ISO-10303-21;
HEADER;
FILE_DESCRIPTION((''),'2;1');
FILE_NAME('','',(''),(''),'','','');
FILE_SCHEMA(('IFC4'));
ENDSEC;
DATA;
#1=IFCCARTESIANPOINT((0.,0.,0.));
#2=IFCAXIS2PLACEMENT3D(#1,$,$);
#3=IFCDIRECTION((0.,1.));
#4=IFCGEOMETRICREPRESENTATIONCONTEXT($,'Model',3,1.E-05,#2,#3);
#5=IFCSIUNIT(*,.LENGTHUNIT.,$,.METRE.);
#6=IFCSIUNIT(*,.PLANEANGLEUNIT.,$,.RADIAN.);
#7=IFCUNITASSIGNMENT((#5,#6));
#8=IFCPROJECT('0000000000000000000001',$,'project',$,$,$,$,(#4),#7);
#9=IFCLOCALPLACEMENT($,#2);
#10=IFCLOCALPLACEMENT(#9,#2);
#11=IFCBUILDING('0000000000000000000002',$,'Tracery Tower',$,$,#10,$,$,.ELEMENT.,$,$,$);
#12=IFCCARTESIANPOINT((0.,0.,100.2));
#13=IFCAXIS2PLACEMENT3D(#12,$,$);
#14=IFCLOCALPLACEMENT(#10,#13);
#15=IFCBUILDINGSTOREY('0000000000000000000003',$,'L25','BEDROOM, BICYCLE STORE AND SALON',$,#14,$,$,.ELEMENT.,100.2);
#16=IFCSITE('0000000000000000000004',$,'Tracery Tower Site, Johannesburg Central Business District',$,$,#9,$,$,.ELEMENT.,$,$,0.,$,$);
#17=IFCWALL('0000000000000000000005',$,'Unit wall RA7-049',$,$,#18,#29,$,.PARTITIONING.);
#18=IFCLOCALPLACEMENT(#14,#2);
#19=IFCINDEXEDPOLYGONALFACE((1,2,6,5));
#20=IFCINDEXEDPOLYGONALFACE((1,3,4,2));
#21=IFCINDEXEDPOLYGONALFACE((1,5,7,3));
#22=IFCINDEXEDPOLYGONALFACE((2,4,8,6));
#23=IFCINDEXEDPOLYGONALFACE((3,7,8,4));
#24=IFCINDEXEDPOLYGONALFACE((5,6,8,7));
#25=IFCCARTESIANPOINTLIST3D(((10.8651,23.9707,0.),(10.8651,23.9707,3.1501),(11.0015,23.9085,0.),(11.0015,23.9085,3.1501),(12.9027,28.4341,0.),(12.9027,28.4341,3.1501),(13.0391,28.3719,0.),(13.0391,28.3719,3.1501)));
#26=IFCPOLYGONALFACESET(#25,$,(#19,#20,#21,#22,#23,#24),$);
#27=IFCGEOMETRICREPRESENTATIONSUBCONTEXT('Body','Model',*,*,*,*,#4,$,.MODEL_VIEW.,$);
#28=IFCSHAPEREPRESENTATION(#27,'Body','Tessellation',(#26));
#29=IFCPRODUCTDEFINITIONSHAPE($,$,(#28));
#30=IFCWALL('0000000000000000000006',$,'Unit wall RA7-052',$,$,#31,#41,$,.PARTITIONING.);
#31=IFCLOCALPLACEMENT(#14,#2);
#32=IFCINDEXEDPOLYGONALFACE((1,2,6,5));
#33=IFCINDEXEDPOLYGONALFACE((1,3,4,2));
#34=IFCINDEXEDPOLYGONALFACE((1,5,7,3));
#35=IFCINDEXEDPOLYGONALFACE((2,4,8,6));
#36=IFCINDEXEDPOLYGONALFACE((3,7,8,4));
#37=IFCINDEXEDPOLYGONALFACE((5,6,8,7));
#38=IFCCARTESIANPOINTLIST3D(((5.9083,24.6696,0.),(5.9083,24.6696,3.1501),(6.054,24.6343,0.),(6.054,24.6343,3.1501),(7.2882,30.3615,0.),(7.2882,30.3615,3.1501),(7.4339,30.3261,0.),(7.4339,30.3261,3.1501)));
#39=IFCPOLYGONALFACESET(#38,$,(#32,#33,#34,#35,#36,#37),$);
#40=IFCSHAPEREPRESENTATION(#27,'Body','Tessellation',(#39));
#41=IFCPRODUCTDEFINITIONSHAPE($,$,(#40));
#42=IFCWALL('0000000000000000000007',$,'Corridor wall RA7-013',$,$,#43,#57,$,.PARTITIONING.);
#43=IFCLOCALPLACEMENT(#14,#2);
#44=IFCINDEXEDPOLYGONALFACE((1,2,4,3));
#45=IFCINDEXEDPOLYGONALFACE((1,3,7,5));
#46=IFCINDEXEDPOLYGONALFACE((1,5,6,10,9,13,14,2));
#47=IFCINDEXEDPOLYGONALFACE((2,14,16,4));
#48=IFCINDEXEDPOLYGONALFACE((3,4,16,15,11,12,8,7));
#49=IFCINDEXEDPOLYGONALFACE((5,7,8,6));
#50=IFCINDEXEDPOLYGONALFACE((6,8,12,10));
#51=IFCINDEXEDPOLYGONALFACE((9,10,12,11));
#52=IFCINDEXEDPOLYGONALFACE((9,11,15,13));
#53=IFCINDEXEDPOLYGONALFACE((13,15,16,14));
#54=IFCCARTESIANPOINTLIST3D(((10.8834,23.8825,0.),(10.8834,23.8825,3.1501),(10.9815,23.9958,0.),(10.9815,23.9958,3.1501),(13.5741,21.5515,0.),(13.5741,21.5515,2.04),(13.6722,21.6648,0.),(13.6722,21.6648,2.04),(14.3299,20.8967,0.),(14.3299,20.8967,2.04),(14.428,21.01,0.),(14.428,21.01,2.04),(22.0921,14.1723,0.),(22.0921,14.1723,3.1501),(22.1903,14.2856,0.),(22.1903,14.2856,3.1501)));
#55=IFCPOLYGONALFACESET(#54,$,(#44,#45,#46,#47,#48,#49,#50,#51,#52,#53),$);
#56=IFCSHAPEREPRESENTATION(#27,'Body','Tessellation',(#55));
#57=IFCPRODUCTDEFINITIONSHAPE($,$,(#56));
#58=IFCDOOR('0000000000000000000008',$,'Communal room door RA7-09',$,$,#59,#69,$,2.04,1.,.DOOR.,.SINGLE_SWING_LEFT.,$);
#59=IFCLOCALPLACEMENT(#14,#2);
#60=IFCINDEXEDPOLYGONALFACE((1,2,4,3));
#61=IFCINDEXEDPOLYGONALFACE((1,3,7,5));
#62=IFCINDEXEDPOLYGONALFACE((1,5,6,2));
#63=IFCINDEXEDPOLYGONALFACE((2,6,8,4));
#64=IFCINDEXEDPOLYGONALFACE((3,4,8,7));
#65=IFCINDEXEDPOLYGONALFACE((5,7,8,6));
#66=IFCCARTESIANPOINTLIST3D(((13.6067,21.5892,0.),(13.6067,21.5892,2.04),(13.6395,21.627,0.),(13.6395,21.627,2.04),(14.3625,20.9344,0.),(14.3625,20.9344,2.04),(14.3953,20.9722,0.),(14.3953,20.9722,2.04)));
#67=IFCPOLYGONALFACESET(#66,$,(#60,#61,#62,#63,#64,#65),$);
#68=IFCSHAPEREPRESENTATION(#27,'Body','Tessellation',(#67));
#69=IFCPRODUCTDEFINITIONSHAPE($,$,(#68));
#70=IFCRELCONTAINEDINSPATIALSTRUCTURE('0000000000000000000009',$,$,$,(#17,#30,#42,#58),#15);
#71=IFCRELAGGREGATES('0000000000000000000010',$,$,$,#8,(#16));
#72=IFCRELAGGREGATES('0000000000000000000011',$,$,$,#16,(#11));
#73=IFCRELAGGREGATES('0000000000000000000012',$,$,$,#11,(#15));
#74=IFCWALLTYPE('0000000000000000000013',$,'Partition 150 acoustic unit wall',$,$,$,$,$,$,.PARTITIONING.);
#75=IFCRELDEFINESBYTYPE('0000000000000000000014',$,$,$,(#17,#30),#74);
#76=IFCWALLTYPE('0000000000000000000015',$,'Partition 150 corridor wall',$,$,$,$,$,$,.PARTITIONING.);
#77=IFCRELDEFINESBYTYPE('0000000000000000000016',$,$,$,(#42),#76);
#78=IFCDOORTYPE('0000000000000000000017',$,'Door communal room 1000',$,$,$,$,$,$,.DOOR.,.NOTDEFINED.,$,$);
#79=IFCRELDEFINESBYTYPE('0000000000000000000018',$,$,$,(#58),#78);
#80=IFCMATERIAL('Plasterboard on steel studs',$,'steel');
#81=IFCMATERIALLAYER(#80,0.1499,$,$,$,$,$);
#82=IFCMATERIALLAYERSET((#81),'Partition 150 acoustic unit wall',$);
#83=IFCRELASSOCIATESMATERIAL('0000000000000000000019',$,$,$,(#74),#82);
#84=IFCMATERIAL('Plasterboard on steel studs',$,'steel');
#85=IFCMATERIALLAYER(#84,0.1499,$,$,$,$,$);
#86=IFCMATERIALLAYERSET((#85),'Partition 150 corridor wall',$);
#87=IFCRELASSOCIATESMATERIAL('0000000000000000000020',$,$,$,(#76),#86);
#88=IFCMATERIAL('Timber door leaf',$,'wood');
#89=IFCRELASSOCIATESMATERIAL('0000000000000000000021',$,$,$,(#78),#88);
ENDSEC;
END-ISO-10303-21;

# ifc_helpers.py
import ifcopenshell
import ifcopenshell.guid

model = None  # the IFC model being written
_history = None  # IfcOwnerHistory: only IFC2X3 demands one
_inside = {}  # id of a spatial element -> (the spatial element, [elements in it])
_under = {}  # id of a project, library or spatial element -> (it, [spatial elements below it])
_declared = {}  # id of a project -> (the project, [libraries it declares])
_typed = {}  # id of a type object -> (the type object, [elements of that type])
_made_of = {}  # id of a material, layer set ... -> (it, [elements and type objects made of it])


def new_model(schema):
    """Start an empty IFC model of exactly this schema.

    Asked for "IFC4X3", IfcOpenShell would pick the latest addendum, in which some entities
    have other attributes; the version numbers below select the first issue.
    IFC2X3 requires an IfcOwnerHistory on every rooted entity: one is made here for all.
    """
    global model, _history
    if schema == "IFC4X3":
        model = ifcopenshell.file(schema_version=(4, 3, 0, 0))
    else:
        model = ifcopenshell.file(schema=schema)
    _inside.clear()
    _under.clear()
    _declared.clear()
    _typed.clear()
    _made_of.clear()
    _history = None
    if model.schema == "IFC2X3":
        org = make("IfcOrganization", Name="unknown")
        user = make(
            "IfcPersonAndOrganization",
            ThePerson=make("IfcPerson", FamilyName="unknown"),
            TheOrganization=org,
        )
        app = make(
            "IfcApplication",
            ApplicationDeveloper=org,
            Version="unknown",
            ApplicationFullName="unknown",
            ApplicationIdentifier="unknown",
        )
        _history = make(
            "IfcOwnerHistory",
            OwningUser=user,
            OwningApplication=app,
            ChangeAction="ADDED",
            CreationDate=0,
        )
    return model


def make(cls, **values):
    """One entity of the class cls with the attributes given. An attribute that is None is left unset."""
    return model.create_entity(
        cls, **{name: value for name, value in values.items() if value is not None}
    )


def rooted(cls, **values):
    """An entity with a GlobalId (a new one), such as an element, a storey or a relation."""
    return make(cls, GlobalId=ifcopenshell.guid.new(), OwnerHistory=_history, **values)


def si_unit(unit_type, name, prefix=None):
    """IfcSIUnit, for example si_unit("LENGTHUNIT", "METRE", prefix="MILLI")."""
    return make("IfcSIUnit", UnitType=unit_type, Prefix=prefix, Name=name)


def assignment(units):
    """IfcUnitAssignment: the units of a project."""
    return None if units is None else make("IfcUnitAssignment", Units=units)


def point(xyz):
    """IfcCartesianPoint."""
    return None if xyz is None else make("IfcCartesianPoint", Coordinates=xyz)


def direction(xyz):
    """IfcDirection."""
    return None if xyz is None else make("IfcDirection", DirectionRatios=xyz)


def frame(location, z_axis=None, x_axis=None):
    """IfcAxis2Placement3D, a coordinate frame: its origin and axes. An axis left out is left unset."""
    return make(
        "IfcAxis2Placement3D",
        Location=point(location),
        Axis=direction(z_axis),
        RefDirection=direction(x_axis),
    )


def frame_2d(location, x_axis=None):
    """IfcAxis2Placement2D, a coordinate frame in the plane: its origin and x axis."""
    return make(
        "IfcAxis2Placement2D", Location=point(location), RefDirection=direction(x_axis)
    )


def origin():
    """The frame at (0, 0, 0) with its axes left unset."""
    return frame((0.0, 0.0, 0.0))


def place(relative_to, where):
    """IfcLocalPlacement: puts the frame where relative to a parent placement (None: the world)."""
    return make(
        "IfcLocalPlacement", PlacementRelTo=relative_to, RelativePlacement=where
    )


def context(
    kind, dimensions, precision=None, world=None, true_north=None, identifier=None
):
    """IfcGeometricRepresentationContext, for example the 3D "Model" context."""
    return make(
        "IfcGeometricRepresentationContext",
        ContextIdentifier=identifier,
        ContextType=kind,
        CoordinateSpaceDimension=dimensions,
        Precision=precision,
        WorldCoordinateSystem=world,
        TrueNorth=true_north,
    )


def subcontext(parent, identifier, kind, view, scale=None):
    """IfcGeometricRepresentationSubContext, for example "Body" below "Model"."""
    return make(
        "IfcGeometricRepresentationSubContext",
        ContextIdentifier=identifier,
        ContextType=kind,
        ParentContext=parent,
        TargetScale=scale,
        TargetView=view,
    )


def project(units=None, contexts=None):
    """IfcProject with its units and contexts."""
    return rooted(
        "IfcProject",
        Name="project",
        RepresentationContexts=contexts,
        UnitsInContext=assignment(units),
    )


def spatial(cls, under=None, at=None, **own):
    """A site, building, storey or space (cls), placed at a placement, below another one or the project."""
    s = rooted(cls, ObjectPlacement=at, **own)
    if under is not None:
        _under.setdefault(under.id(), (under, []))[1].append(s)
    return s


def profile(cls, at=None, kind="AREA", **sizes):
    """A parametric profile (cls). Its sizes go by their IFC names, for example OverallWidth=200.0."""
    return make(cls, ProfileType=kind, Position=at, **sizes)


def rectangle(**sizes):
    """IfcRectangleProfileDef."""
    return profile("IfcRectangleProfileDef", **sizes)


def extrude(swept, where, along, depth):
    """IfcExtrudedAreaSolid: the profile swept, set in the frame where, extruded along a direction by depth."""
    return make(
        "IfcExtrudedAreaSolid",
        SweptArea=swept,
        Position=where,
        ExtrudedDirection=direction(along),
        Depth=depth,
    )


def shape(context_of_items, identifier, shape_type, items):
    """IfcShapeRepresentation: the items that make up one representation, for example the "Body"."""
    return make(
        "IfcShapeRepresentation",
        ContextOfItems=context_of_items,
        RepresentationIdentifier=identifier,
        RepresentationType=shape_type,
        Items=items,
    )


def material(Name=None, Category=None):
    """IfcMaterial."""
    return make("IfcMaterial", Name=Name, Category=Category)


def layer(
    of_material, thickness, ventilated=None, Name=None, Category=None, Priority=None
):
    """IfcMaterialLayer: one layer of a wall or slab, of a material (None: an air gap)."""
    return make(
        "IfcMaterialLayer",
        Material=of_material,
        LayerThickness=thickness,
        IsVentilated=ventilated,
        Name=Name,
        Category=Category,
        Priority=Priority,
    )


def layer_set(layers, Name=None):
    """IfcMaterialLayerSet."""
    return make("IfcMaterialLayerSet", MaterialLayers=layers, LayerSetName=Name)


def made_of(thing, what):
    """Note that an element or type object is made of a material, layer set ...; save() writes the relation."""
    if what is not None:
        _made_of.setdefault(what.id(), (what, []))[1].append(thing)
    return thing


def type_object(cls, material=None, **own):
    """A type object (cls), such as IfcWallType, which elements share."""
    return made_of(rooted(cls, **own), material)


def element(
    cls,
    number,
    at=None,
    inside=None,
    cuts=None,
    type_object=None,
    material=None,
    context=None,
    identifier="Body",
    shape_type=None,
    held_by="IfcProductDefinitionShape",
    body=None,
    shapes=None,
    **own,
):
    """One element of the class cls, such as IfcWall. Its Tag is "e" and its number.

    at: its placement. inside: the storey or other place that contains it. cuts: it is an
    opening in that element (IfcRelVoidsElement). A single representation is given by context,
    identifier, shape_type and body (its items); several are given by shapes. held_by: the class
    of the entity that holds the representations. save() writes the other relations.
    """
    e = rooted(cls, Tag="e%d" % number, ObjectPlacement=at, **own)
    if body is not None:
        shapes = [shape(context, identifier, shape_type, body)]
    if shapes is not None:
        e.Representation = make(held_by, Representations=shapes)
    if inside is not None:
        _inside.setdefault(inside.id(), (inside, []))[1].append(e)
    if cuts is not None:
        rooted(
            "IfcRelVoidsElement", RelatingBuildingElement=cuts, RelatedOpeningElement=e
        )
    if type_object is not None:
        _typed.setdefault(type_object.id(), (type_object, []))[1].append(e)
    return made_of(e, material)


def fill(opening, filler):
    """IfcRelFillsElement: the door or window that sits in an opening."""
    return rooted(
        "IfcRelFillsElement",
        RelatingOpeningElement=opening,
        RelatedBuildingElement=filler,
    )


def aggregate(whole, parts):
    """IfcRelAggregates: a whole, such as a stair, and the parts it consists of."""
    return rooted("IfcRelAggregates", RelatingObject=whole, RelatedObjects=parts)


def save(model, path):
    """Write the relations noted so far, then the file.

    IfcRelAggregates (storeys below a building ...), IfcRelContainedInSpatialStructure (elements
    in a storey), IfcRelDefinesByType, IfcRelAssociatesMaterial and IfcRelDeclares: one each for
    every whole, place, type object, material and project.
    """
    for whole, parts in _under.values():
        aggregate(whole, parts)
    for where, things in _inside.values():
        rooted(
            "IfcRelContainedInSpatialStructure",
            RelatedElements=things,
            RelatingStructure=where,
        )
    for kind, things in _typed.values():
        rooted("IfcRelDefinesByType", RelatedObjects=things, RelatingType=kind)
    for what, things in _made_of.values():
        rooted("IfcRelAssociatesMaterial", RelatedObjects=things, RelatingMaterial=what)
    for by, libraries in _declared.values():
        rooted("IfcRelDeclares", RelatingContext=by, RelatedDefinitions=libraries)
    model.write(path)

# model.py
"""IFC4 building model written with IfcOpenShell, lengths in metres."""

from ifc_helpers import new_model, si_unit, direction, frame, frame_2d, origin, place, context, subcontext, project, spatial, rectangle, extrude, material, layer, layer_set, type_object, element, fill, save


model = new_model("IFC4")

# Units and contexts
model_context = context("Model", 3, precision=1e-05, world=origin(), true_north=direction((0.0, 1.0)))
body_context = subcontext(model_context, "Body", "Model", "MODEL_VIEW")
ifc_project = project(units=[si_unit("LENGTHUNIT", "METRE"), si_unit("PLANEANGLEUNIT", "RADIAN")], contexts=[model_context])

# Site, building, storey
site_placement = place(None, origin())
site = spatial("IfcSite", under=ifc_project, at=site_placement, Name="Tracery Tower Site, Johannesburg Central Business District", CompositionType="ELEMENT", RefElevation=0.0)
building_placement = place(site_placement, origin())
building = spatial("IfcBuilding", under=site, at=building_placement, Name="Tracery Tower", CompositionType="ELEMENT")
storey_placement = place(building_placement, frame((0.0, 0.0, 100.2)))
storey = spatial("IfcBuildingStorey", under=building, at=storey_placement, Name="L25", Description="BEDROOM, BICYCLE STORE AND SALON", CompositionType="ELEMENT", Elevation=100.2)

# Walls
ifc_material_1 = material(Name="Plasterboard on steel studs", Category="steel")
ifc_layer_1 = layer(ifc_material_1, 0.1499)
ifc_layer_set_1 = layer_set([ifc_layer_1], Name="Partition 150 acoustic unit wall")
wall_type_1 = type_object("IfcWallType", Name="Partition 150 acoustic unit wall", PredefinedType="PARTITIONING", material=ifc_layer_set_1)
wall_1_placement = place(storey_placement, frame((10.9333, 23.9397, 0.0), z_axis=(0.0, 0.0, 1.0), x_axis=(0.415287, 0.90969, 0.0)))
element("IfcWall", 1, at=wall_1_placement, inside=storey, type_object=wall_type_1, Name="Unit wall RA7-049", PredefinedType="PARTITIONING", context=body_context, shape_type="SweptSolid", body=[
    extrude(rectangle(XDim=4.9065, YDim=0.1499, at=frame_2d((2.4531, 0.0))), origin(), (0.0, 0.0, 1.0), 3.1501),
])
wall_2_placement = place(storey_placement, frame((5.9812, 24.6521, 0.0), z_axis=(0.0, 0.0, 1.0), x_axis=(0.235605, 0.971849, 0.0)))
element("IfcWall", 2, at=wall_2_placement, inside=storey, type_object=wall_type_1, Name="Unit wall RA7-052", PredefinedType="PARTITIONING", context=body_context, shape_type="SweptSolid", body=[
    extrude(rectangle(XDim=5.8567, YDim=0.1499, at=frame_2d((2.9282, 0.0))), origin(), (0.0, 0.0, 1.0), 3.1501),
])

# Wall, opening, door
ifc_material_2 = material(Name="Plasterboard on steel studs", Category="steel")
ifc_layer_2 = layer(ifc_material_2, 0.1499)
ifc_layer_set_2 = layer_set([ifc_layer_2], Name="Partition 150 corridor wall")
wall_type_2 = type_object("IfcWallType", Name="Partition 150 corridor wall", PredefinedType="PARTITIONING", material=ifc_layer_set_2)
wall_3_placement = place(storey_placement, frame((10.9324, 23.9392, 0.0), z_axis=(0.0, 0.0, 1.0), x_axis=(0.755824, -0.654775, 0.0)))
wall_3 = element("IfcWall", 3, at=wall_3_placement, inside=storey, type_object=wall_type_2, Name="Corridor wall RA7-013", PredefinedType="PARTITIONING", context=body_context, shape_type="SweptSolid", body=[
    extrude(rectangle(XDim=14.8298, YDim=0.1499, at=frame_2d((7.415, 0.0))), origin(), (0.0, 0.0, 1.0), 3.1501),
])
opening_1_placement = place(wall_3_placement, frame((3.5601, 0.0, 0.0)))
opening_1 = element("IfcOpeningElement", 4, at=opening_1_placement, cuts=wall_3, PredefinedType="OPENING", context=body_context, shape_type="SweptSolid", body=[
    extrude(rectangle(XDim=1.0, YDim=2.04, at=frame_2d((0.5, 1.02))), frame((0.0, 0.075, 0.0), z_axis=(0.0, -1.0, 0.0), x_axis=(1.0, 0.0, 0.0)), (0.0, 0.0, 1.0), 0.1499),
])
ifc_material_3 = material(Name="Timber door leaf", Category="wood")
door_type_1 = type_object("IfcDoorType", Name="Door communal room 1000", OperationType="NOTDEFINED", PredefinedType="DOOR", material=ifc_material_3)
door_1_placement = place(opening_1_placement, origin())
door_1 = element("IfcDoor", 5, at=door_1_placement, inside=storey, type_object=door_type_1, Name="Communal room door RA7-09", OperationType="SINGLE_SWING_LEFT", OverallHeight=2.04, OverallWidth=1.0, PredefinedType="DOOR", context=body_context, shape_type="SweptSolid", body=[
    extrude(rectangle(XDim=1.0, YDim=2.04, at=frame_2d((0.5, 1.02))), frame((0.0, 0.0249, 0.0), z_axis=(0.0, -1.0, 0.0), x_axis=(1.0, 0.0, 0.0)), (0.0, 0.0, 1.0), 0.05),
])
fill(opening_1, door_1)

save(model, "model.ifc")
